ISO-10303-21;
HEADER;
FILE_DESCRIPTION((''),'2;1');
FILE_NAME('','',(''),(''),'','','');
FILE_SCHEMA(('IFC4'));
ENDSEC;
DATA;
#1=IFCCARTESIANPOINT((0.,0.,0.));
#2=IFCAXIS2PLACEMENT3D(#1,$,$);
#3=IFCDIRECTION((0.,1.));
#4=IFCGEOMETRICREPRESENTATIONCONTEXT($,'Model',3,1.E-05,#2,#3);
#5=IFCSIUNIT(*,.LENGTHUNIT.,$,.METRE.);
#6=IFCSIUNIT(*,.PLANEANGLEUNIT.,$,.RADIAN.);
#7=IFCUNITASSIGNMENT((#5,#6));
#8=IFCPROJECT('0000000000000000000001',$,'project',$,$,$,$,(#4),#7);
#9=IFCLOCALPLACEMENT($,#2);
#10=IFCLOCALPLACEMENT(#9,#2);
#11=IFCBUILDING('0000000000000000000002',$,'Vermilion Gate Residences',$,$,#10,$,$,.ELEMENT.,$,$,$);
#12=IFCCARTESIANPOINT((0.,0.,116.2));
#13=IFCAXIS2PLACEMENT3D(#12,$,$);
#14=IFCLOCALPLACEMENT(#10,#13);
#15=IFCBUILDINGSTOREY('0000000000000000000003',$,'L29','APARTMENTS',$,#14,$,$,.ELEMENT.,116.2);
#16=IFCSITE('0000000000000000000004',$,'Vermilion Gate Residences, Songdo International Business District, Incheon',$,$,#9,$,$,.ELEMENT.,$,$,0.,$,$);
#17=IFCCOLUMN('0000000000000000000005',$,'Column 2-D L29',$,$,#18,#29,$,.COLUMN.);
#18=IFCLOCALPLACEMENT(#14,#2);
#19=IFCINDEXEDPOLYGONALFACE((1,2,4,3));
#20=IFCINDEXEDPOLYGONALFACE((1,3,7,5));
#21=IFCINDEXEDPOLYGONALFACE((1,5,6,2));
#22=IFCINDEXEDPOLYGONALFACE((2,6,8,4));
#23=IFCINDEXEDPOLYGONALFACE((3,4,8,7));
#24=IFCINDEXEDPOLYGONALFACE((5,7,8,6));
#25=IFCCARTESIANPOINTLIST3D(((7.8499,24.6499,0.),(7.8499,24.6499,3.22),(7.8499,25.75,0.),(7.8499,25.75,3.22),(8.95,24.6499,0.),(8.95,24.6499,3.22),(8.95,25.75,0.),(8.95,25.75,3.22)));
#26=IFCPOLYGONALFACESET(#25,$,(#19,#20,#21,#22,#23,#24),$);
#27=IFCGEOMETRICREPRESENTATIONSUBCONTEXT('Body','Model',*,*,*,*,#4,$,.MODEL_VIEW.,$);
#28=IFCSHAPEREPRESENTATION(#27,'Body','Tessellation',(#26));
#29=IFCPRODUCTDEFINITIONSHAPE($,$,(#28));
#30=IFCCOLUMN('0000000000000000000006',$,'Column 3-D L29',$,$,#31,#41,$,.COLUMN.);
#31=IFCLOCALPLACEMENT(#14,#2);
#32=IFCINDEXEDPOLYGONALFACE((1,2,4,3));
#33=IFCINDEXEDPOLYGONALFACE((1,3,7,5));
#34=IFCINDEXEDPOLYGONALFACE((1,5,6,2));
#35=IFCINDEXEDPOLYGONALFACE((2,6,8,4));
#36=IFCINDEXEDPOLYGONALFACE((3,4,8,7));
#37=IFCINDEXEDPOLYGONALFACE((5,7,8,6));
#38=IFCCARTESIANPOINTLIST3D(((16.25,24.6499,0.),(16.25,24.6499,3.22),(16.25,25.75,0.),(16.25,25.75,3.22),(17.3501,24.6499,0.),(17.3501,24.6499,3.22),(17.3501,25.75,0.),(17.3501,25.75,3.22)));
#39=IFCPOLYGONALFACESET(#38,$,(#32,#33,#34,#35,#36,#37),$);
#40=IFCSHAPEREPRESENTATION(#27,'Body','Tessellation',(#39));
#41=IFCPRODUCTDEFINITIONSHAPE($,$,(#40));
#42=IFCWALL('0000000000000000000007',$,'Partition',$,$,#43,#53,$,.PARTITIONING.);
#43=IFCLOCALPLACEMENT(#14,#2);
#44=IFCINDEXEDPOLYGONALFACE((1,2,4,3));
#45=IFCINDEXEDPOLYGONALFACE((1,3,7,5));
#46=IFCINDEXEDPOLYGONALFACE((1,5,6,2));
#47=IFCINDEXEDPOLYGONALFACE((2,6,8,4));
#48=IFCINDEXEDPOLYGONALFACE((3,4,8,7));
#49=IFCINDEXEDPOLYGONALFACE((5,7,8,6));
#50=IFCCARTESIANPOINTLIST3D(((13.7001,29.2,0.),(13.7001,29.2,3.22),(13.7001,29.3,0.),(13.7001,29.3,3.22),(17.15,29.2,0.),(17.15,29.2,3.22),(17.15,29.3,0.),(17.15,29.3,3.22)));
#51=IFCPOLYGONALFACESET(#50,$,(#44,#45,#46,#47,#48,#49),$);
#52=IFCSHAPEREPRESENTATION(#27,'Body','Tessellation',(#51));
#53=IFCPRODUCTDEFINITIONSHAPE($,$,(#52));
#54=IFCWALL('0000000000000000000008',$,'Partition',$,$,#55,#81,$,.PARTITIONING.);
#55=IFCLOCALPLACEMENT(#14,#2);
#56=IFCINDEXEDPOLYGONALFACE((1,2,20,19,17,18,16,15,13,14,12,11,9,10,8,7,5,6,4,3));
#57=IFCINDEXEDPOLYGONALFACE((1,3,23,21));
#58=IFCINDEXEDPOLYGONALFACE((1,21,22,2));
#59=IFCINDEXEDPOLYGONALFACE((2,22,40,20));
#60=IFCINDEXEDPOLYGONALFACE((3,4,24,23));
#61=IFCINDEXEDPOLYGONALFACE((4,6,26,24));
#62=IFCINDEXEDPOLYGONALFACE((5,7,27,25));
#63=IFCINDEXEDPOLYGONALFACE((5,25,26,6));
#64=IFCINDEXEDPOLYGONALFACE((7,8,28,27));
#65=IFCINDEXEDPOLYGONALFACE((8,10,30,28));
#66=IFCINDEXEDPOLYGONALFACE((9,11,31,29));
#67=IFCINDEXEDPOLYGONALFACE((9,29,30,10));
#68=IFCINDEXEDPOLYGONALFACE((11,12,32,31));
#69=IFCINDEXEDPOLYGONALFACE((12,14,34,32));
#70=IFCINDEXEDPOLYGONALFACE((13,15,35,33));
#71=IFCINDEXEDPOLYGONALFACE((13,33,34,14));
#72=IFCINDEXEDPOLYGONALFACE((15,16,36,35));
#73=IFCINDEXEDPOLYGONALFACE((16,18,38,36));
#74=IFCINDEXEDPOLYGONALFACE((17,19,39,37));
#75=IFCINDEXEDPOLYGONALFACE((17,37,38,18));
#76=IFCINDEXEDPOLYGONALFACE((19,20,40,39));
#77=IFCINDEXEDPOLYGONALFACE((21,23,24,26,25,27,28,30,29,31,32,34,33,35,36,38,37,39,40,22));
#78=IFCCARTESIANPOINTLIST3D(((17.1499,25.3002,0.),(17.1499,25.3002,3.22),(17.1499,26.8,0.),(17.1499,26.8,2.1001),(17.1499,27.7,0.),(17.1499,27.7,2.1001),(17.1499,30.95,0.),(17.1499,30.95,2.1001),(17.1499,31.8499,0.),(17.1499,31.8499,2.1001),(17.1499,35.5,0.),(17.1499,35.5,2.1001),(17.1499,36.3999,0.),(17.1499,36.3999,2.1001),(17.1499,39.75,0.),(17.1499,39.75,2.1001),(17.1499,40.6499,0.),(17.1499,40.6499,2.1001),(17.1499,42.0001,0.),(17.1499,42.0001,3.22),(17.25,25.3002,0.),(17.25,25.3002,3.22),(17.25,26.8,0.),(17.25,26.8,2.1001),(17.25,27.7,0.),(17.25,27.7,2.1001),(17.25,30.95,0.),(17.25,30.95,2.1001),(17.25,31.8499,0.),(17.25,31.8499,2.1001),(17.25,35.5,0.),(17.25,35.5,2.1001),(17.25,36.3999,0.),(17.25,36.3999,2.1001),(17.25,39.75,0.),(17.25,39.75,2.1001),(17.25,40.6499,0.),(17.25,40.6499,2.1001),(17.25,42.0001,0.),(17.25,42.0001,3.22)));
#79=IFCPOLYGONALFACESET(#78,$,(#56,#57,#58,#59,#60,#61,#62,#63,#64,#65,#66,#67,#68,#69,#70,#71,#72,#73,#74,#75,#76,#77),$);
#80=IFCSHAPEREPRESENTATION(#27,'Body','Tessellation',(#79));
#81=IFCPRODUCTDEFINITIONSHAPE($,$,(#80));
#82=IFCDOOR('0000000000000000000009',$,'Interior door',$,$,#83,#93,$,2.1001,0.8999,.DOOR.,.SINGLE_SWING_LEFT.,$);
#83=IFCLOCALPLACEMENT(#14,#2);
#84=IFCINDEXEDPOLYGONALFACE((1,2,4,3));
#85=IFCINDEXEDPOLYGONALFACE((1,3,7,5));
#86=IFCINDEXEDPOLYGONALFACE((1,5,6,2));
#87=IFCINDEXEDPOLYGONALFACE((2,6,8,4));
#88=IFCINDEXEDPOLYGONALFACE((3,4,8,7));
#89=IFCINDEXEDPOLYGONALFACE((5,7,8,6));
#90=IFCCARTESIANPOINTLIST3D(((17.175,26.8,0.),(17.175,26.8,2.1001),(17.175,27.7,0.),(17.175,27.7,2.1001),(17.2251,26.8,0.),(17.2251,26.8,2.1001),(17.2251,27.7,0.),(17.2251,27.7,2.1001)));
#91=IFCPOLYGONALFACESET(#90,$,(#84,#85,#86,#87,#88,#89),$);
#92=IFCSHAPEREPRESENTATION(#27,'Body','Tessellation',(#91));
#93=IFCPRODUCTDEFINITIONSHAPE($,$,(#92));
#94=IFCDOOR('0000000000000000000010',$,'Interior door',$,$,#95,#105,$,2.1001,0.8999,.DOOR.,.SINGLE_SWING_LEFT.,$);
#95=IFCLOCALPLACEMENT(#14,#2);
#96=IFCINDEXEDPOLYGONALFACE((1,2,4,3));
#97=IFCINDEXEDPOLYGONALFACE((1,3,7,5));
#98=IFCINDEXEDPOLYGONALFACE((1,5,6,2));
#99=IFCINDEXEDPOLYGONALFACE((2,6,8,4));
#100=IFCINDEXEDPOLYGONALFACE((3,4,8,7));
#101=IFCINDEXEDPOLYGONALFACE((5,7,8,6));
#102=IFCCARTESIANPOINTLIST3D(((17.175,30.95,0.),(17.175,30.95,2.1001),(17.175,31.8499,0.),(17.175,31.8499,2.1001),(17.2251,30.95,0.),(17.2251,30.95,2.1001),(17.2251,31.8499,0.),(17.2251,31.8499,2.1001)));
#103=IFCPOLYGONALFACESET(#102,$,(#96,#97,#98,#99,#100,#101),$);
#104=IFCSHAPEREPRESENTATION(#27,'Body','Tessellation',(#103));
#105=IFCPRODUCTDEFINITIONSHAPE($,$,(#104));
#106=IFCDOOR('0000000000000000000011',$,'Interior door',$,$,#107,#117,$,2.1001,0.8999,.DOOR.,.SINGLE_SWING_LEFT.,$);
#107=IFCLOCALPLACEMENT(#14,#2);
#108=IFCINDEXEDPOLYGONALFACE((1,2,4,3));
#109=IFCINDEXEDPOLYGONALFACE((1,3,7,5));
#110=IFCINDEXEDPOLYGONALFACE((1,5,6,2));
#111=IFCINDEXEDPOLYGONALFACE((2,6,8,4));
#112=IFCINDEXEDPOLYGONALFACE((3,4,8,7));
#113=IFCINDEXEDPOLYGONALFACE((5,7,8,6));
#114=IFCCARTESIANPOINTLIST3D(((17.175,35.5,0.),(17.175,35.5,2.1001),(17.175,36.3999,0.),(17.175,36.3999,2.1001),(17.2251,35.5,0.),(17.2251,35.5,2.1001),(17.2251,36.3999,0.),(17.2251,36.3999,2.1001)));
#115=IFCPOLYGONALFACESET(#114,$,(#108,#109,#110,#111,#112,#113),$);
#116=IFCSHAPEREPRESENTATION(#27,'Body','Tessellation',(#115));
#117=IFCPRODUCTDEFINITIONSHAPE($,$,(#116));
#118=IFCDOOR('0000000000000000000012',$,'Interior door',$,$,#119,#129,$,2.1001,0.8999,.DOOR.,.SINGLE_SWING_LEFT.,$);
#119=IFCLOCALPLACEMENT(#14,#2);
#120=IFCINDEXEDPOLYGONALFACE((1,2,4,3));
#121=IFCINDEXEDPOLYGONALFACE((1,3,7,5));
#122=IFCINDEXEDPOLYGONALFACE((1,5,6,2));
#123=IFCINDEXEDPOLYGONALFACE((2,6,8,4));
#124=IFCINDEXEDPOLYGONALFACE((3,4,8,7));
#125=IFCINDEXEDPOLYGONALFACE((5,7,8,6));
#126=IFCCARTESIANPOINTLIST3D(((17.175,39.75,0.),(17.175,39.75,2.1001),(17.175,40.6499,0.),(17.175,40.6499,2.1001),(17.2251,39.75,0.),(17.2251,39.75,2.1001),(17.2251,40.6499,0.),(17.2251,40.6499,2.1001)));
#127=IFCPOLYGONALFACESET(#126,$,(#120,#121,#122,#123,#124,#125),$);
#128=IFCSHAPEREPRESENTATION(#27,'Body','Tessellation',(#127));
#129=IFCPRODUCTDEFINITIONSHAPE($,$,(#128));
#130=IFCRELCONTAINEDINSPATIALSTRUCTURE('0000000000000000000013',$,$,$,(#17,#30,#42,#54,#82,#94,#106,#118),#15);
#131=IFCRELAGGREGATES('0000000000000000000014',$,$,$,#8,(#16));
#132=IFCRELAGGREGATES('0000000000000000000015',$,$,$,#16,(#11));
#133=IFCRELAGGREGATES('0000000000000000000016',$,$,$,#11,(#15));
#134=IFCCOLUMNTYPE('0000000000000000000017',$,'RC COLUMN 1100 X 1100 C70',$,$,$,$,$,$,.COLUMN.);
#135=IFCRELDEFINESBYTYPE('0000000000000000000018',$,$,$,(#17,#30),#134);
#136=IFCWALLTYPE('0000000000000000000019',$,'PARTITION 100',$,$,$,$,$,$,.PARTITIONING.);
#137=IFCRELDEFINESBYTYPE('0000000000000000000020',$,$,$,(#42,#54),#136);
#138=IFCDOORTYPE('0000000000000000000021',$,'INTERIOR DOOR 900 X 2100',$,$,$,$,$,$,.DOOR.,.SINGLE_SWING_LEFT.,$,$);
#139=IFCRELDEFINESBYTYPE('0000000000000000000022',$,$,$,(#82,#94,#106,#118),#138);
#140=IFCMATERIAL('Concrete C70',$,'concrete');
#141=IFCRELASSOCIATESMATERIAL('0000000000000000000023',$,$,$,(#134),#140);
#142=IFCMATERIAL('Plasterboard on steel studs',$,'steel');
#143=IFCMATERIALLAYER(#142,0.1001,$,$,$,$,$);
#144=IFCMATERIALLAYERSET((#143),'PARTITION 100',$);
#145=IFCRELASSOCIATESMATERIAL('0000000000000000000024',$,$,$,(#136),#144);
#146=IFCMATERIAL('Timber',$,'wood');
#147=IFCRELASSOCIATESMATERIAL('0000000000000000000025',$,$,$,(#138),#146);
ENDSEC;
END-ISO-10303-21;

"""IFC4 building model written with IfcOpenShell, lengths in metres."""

from ifc_helpers import new_model, si_unit, direction, frame, frame_2d, origin, origin_2d, place, context, subcontext, project, spatial, rectangle, extrude, material, layer, layer_set, material_profile, profile_set, type_object, element, fill, save


model = new_model("IFC4")

# Units and contexts
model_context = context("Model", 3, precision=1e-05, world=origin(), true_north=direction((0.0, 1.0)))
body_context = subcontext(model_context, "Body", "Model", "MODEL_VIEW")
ifc_project = project(units=[si_unit("LENGTHUNIT", "METRE"), si_unit("PLANEANGLEUNIT", "RADIAN")], contexts=[model_context])

# Site, building, storey
site_placement = place(None, origin())
site = spatial("IfcSite", under=ifc_project, at=site_placement, Name="Vermilion Gate Residences, Songdo International Business District, Incheon", CompositionType="ELEMENT", RefElevation=0.0)
building_placement = place(site_placement, origin())
building = spatial("IfcBuilding", under=site, at=building_placement, Name="Vermilion Gate Residences", CompositionType="ELEMENT")
storey_placement = place(building_placement, frame((0.0, 0.0, 116.2)))
storey = spatial("IfcBuildingStorey", under=building, at=storey_placement, Name="L29", Description="APARTMENTS", CompositionType="ELEMENT", Elevation=116.2)

# Columns
ifc_material_1 = material(Name="Concrete C70", Category="concrete")
ifc_material_profile = material_profile(ifc_material_1, rectangle(XDim=1.1001, YDim=1.1001, at=origin_2d()), Name="RC-1100x1100")
ifc_profile_set = profile_set([ifc_material_profile], Name="Concrete C70")
column_type = type_object("IfcColumnType", Name="RC COLUMN 1100 X 1100 C70", PredefinedType="COLUMN", material=ifc_profile_set)
for number, where, z_axis, x_axis, name in (
    (1, (8.3999, 25.2, 0.0), (0.0, 0.0, 1.0), (1.0, 0.0, 0.0), "Column 2-D L29"),
    (2, (16.8, 25.2, 0.0), (0.0, 0.0, 1.0), (1.0, 0.0, 0.0), "Column 3-D L29"),
):
    element("IfcColumn", number, at=place(storey_placement, frame(where, z_axis=z_axis, x_axis=x_axis)), inside=storey, type_object=column_type, Name=name, PredefinedType="COLUMN", context=body_context, shape_type="SweptSolid", body=[
        extrude(rectangle(XDim=1.1001, YDim=1.1001, at=origin_2d()), origin(), (0.0, 0.0, 1.0), 3.22),
    ])

# Wall
ifc_material_2 = material(Name="Plasterboard on steel studs", Category="steel")
ifc_layer_1 = layer(ifc_material_2, 0.1001)
ifc_layer_set_1 = layer_set([ifc_layer_1], Name="PARTITION 100")
wall_type_1 = type_object("IfcWallType", Name="PARTITION 100", PredefinedType="PARTITIONING", material=ifc_layer_set_1)
wall_1_placement = place(storey_placement, frame((13.7, 29.25, 0.0), z_axis=(0.0, 0.0, 1.0), x_axis=(1.0, 0.0, 0.0)))
element("IfcWall", 3, at=wall_1_placement, inside=storey, type_object=wall_type_1, Name="Partition", PredefinedType="PARTITIONING", context=body_context, shape_type="SweptSolid", body=[
    extrude(rectangle(XDim=3.45, YDim=0.1001, at=frame_2d((1.7251, 0.0))), origin(), (0.0, 0.0, 1.0), 3.22),
])

# Wall, openings, doors
wall_2_placement = place(storey_placement, frame((17.2, 25.3, 0.0), z_axis=(0.0, 0.0, 1.0), x_axis=(0.0, 1.0, 0.0)))
wall_2 = element("IfcWall", 4, at=wall_2_placement, inside=storey, type_object=wall_type_1, Name="Partition", PredefinedType="PARTITIONING", context=body_context, shape_type="SweptSolid", body=[
    extrude(rectangle(XDim=16.7, YDim=0.1001, at=frame_2d((8.3501, 0.0))), origin(), (0.0, 0.0, 1.0), 3.22),
])
opening_1_placement = place(wall_2_placement, frame((1.5, 0.0, 0.0)))
opening_1 = element("IfcOpeningElement", 5, at=opening_1_placement, cuts=wall_2, PredefinedType="OPENING", context=body_context, shape_type="SweptSolid", body=[
    extrude(rectangle(XDim=0.8999, YDim=2.1001, at=frame_2d((0.45, 1.05))), frame((0.0, 0.0601, 0.0), z_axis=(0.0, -1.0, 0.0), x_axis=(1.0, 0.0, 0.0)), (0.0, 0.0, 1.0), 0.1201),
])
opening_2_placement = place(wall_2_placement, frame((5.6499, 0.0, 0.0)))
opening_2 = element("IfcOpeningElement", 6, at=opening_2_placement, cuts=wall_2, PredefinedType="OPENING", context=body_context, shape_type="SweptSolid", body=[
    extrude(rectangle(XDim=0.8999, YDim=2.1001, at=frame_2d((0.45, 1.05))), frame((0.0, 0.0601, 0.0), z_axis=(0.0, -1.0, 0.0), x_axis=(1.0, 0.0, 0.0)), (0.0, 0.0, 1.0), 0.1201),
])
opening_3_placement = place(wall_2_placement, frame((10.2, 0.0, 0.0)))
opening_3 = element("IfcOpeningElement", 7, at=opening_3_placement, cuts=wall_2, PredefinedType="OPENING", context=body_context, shape_type="SweptSolid", body=[
    extrude(rectangle(XDim=0.8999, YDim=2.1001, at=frame_2d((0.45, 1.05))), frame((0.0, 0.0601, 0.0), z_axis=(0.0, -1.0, 0.0), x_axis=(1.0, 0.0, 0.0)), (0.0, 0.0, 1.0), 0.1201),
])
opening_4_placement = place(wall_2_placement, frame((14.45, 0.0, 0.0)))
opening_4 = element("IfcOpeningElement", 8, at=opening_4_placement, cuts=wall_2, PredefinedType="OPENING", context=body_context, shape_type="SweptSolid", body=[
    extrude(rectangle(XDim=0.8999, YDim=2.1001, at=frame_2d((0.45, 1.05))), frame((0.0, 0.0601, 0.0), z_axis=(0.0, -1.0, 0.0), x_axis=(1.0, 0.0, 0.0)), (0.0, 0.0, 1.0), 0.1201),
])
ifc_material_3 = material(Name="Timber", Category="wood")
door_type_1 = type_object("IfcDoorType", Name="INTERIOR DOOR 900 X 2100", OperationType="SINGLE_SWING_LEFT", PredefinedType="DOOR", material=ifc_material_3)
door_1_placement = place(opening_1_placement, origin())
door_1 = element("IfcDoor", 9, at=door_1_placement, inside=storey, type_object=door_type_1, Name="Interior door", OperationType="SINGLE_SWING_LEFT", OverallHeight=2.1001, OverallWidth=0.8999, PredefinedType="DOOR", context=body_context, shape_type="SweptSolid", body=[
    extrude(rectangle(XDim=0.8999, YDim=2.1001, at=frame_2d((0.45, 1.05))), frame((0.0, 0.0249, 0.0), z_axis=(0.0, -1.0, 0.0), x_axis=(1.0, 0.0, 0.0)), (0.0, 0.0, 1.0), 0.05),
])
fill(opening_1, door_1)
door_2_placement = place(opening_2_placement, origin())
door_2 = element("IfcDoor", 10, at=door_2_placement, inside=storey, type_object=door_type_1, Name="Interior door", OperationType="SINGLE_SWING_LEFT", OverallHeight=2.1001, OverallWidth=0.8999, PredefinedType="DOOR", context=body_context, shape_type="SweptSolid", body=[
    extrude(rectangle(XDim=0.8999, YDim=2.1001, at=frame_2d((0.45, 1.05))), frame((0.0, 0.0249, 0.0), z_axis=(0.0, -1.0, 0.0), x_axis=(1.0, 0.0, 0.0)), (0.0, 0.0, 1.0), 0.05),
])
fill(opening_2, door_2)
door_3_placement = place(opening_3_placement, origin())
door_3 = element("IfcDoor", 11, at=door_3_placement, inside=storey, type_object=door_type_1, Name="Interior door", OperationType="SINGLE_SWING_LEFT", OverallHeight=2.1001, OverallWidth=0.8999, PredefinedType="DOOR", context=body_context, shape_type="SweptSolid", body=[
    extrude(rectangle(XDim=0.8999, YDim=2.1001, at=frame_2d((0.45, 1.05))), frame((0.0, 0.0249, 0.0), z_axis=(0.0, -1.0, 0.0), x_axis=(1.0, 0.0, 0.0)), (0.0, 0.0, 1.0), 0.05),
])
fill(opening_3, door_3)
door_4_placement = place(opening_4_placement, origin())
door_4 = element("IfcDoor", 12, at=door_4_placement, inside=storey, type_object=door_type_1, Name="Interior door", OperationType="SINGLE_SWING_LEFT", OverallHeight=2.1001, OverallWidth=0.8999, PredefinedType="DOOR", context=body_context, shape_type="SweptSolid", body=[
    extrude(rectangle(XDim=0.8999, YDim=2.1001, at=frame_2d((0.45, 1.05))), frame((0.0, 0.0249, 0.0), z_axis=(0.0, -1.0, 0.0), x_axis=(1.0, 0.0, 0.0)), (0.0, 0.0, 1.0), 0.05),
])
fill(opening_4, door_4)

save(model, "model.ifc")
